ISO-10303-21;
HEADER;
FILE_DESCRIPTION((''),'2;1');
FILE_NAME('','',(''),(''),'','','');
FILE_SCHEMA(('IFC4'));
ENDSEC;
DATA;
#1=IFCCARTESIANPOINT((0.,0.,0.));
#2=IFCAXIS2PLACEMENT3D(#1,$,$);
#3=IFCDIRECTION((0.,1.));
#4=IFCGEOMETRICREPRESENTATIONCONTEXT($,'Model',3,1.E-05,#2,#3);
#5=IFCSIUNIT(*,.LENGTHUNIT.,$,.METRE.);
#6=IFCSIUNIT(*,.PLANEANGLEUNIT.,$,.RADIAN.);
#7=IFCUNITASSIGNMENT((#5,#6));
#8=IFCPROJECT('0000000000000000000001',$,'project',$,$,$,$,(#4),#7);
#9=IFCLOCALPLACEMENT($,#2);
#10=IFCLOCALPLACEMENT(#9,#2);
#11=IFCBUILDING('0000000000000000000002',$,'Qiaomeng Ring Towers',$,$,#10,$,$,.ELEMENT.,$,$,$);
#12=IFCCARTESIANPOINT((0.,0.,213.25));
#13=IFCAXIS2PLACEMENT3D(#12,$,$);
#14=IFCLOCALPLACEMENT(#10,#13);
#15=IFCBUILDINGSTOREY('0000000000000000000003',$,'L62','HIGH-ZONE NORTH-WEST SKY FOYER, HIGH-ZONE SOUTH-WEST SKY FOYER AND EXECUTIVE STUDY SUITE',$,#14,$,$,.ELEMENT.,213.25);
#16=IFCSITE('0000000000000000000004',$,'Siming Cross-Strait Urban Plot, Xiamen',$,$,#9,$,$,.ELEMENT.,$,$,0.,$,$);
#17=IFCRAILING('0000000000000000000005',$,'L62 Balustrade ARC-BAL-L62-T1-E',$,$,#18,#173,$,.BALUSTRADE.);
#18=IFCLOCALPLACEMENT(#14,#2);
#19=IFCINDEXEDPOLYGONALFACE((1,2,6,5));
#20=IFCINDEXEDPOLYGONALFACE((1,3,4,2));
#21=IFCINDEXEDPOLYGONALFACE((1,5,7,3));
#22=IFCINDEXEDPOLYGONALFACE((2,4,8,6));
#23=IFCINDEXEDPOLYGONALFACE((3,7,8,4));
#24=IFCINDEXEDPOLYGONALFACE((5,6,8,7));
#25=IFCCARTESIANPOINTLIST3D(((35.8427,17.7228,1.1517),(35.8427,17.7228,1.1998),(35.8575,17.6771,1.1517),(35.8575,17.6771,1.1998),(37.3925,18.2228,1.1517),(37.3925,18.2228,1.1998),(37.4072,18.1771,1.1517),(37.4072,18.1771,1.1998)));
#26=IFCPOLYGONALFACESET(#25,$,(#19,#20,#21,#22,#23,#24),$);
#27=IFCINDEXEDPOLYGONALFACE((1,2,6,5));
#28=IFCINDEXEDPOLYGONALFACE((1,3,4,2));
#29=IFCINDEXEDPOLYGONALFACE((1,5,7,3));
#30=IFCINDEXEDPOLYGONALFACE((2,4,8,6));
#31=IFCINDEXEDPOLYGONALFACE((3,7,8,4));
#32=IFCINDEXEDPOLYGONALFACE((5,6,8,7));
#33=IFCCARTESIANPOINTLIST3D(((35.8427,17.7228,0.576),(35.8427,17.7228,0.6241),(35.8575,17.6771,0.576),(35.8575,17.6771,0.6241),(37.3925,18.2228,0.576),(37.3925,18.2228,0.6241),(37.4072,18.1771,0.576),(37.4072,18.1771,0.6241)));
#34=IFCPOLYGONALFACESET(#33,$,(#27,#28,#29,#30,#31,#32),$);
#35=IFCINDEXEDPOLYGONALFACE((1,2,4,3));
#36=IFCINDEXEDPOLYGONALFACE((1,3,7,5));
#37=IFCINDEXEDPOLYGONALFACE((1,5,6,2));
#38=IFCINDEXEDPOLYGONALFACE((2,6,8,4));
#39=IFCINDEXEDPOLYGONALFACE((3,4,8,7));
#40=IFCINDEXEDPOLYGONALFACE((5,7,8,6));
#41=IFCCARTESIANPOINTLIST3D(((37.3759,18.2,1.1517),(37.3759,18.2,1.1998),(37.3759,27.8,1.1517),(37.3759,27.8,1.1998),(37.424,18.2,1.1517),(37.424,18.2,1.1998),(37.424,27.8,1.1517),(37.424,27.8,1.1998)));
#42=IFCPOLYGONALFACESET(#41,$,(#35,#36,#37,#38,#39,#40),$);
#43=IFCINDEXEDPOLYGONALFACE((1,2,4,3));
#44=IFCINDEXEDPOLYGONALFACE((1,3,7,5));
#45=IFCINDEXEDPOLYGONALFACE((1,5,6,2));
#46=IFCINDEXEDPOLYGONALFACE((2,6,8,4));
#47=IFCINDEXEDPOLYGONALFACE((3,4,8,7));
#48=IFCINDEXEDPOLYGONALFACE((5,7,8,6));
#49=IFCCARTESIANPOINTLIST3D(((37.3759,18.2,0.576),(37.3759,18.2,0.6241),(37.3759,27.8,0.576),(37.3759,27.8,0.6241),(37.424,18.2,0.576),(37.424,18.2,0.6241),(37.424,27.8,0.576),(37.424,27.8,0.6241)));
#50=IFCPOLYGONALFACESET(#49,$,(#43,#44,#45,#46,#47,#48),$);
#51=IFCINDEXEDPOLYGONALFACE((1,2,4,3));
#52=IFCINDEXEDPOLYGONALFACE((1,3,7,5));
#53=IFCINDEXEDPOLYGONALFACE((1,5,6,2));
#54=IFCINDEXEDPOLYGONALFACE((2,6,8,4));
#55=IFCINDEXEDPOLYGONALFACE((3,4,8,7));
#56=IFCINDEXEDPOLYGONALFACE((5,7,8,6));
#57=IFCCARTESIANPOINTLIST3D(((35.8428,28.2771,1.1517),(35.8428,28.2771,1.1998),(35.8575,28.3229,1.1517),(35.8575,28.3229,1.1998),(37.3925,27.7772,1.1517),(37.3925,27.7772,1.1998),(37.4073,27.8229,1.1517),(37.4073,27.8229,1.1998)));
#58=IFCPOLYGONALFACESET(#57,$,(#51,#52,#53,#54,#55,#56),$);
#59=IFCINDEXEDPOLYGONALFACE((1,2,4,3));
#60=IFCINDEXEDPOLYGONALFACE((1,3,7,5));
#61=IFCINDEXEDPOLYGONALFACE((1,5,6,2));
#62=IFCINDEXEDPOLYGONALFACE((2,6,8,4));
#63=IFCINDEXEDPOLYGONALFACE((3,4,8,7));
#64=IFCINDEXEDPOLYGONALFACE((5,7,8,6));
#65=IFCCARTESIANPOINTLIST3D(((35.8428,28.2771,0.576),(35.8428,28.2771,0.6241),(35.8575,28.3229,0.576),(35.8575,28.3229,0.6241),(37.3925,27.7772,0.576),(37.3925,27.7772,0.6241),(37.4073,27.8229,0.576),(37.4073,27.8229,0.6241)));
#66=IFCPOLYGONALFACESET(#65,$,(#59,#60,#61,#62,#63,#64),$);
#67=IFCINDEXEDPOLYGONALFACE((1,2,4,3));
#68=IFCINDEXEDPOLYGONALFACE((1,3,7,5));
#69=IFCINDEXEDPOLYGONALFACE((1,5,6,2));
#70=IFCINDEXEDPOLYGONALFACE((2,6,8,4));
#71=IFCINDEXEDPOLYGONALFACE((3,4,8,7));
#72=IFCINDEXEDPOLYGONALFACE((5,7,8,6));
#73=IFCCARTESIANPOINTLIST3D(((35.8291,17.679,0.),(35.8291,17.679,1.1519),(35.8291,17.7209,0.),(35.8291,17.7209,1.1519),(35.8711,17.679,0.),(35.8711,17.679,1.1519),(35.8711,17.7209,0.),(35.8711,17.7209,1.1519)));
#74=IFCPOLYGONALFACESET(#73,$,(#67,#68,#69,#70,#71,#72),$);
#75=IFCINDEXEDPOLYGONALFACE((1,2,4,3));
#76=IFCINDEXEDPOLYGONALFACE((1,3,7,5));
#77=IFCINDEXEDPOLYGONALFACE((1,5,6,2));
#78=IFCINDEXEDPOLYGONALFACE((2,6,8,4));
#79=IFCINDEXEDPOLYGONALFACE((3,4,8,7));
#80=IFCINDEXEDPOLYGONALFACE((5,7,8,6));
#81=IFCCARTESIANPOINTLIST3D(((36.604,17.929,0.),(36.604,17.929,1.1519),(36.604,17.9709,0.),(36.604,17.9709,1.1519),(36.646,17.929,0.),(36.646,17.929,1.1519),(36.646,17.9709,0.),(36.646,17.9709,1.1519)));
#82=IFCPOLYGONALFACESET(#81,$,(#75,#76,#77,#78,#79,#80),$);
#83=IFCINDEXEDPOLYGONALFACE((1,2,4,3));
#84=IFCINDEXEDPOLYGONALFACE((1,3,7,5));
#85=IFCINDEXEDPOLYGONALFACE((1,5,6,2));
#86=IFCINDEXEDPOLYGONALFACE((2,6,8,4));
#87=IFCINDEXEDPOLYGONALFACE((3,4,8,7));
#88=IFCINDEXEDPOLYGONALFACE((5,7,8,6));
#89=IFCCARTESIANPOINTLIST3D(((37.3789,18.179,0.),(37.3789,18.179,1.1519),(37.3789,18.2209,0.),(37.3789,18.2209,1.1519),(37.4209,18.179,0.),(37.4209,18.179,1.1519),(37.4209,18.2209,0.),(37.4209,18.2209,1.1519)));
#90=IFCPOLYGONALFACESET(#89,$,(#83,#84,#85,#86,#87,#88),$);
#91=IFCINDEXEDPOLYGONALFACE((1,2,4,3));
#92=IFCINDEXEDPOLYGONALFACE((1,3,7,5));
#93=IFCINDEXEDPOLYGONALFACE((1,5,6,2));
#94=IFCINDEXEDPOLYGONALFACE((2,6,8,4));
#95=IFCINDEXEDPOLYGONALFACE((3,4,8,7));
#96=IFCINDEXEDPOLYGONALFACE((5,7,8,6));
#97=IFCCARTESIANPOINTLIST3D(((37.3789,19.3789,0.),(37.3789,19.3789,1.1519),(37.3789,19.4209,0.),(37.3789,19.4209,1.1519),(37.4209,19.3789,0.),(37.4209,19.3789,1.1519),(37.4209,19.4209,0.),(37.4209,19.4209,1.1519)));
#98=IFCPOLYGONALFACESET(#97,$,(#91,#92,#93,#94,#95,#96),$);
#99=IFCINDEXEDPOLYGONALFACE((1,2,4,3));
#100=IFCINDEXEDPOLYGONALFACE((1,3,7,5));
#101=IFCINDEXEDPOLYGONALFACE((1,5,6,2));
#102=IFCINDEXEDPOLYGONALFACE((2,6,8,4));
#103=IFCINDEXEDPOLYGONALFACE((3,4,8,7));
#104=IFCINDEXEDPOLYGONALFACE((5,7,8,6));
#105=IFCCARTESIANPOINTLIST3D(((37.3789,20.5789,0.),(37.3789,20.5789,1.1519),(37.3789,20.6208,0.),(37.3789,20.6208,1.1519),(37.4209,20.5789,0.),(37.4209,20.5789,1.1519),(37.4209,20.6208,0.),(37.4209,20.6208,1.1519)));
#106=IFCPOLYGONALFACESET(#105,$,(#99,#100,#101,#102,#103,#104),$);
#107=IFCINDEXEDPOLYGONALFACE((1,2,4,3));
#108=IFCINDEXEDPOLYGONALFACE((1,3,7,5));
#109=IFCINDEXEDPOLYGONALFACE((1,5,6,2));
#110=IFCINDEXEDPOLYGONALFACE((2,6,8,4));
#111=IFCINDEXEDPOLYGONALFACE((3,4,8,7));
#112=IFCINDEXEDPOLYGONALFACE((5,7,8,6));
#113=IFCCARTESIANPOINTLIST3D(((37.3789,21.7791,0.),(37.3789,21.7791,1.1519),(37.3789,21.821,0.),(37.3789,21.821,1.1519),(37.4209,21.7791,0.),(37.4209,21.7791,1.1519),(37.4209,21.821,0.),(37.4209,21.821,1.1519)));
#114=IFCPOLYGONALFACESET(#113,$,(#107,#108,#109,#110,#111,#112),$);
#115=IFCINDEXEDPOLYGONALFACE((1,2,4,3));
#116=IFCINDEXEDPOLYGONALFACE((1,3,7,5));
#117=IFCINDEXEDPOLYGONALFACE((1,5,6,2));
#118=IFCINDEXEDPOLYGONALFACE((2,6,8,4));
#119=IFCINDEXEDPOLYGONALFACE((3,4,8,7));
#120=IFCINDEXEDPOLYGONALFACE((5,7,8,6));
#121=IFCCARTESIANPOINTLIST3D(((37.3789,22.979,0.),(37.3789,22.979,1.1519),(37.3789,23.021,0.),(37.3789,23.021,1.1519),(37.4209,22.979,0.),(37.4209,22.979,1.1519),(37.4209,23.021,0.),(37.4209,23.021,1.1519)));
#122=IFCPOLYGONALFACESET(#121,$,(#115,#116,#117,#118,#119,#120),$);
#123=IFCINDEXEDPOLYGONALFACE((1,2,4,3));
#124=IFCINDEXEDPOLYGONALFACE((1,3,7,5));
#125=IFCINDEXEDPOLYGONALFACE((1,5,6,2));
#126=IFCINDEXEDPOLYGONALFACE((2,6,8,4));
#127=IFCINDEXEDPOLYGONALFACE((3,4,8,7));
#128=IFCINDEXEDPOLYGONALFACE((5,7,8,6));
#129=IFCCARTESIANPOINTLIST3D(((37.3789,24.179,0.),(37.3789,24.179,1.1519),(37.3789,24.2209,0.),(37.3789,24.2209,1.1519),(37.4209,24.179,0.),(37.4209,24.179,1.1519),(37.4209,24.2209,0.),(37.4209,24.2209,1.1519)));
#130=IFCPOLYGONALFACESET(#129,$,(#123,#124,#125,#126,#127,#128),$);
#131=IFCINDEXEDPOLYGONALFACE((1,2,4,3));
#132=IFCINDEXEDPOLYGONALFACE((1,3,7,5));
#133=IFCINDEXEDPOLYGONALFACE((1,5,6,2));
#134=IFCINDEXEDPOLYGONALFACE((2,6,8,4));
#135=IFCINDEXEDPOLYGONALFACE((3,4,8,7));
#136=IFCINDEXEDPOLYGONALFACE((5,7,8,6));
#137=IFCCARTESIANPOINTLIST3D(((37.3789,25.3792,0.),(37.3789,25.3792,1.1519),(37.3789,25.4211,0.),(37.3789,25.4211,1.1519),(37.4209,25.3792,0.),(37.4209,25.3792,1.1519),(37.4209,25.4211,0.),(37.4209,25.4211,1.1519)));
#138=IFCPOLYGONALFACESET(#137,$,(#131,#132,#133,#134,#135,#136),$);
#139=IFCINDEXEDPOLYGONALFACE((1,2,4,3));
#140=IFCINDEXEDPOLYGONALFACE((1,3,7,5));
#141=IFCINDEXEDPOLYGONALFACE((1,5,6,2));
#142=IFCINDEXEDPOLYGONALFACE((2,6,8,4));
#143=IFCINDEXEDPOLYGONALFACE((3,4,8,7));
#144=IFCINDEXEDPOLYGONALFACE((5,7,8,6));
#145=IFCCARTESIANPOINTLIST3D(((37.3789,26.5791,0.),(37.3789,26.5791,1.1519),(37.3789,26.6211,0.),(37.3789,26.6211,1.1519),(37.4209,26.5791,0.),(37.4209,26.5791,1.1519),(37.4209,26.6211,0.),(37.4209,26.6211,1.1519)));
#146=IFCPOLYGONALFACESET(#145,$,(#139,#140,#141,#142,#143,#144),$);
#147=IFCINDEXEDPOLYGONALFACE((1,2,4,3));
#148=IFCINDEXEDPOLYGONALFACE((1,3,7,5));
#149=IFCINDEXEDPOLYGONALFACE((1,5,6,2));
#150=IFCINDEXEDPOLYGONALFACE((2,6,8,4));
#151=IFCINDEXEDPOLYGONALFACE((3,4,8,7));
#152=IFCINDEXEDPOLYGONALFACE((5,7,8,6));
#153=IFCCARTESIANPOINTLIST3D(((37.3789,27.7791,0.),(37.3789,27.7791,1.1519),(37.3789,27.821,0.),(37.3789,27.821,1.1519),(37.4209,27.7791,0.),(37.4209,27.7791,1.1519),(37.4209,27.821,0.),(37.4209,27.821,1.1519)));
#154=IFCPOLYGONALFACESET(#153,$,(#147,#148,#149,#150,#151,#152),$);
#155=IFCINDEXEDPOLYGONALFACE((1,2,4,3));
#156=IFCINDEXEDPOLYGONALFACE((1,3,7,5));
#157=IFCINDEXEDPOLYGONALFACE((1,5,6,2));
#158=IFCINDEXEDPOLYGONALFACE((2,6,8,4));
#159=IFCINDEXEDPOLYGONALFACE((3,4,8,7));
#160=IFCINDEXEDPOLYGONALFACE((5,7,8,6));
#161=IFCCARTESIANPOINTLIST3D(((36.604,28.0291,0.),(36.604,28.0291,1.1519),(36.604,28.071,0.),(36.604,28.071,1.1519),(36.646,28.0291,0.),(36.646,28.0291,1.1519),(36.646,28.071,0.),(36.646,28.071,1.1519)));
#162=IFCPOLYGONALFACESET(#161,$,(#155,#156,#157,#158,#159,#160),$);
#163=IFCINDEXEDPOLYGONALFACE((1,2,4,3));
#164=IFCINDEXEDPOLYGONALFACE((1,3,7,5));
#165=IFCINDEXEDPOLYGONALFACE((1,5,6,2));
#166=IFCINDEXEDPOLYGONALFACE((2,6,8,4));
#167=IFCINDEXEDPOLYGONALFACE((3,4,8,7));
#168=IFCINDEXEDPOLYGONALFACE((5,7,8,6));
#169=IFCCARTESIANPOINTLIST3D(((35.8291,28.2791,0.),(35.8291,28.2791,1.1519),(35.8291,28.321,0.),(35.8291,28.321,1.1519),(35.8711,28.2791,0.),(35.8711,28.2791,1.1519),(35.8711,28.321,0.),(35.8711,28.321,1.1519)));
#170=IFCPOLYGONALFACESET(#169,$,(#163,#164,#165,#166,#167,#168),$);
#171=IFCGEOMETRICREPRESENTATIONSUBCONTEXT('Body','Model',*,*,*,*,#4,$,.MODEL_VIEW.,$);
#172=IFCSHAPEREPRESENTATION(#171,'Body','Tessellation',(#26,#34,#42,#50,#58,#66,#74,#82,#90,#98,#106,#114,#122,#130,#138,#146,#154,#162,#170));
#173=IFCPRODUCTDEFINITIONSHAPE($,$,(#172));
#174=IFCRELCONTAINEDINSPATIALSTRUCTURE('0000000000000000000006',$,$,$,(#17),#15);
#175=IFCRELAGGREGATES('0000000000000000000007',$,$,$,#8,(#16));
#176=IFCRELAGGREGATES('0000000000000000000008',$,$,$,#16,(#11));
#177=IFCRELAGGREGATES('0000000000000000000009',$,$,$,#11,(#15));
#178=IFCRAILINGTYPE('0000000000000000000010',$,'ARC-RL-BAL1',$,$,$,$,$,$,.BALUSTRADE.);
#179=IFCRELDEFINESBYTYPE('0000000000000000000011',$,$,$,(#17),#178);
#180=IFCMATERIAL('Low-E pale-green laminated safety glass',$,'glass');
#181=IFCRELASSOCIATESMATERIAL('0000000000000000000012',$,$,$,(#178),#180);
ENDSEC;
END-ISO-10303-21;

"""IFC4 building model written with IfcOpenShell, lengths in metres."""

from ifc_helpers import new_model, si_unit, direction, frame, origin, origin_2d, place, context, subcontext, project, spatial, rectangle, extrude, material, type_object, element, save


model = new_model("IFC4")

# Units and contexts
model_context = context("Model", 3, precision=1e-05, world=origin(), true_north=direction((0.0, 1.0)))
body_context = subcontext(model_context, "Body", "Model", "MODEL_VIEW")
ifc_project = project(units=[si_unit("LENGTHUNIT", "METRE"), si_unit("PLANEANGLEUNIT", "RADIAN")], contexts=[model_context])

# Site, building, storey
site_placement = place(None, origin())
site = spatial("IfcSite", under=ifc_project, at=site_placement, Name="Siming Cross-Strait Urban Plot, Xiamen", CompositionType="ELEMENT", RefElevation=0.0)
building_placement = place(site_placement, origin())
building = spatial("IfcBuilding", under=site, at=building_placement, Name="Qiaomeng Ring Towers", CompositionType="ELEMENT")
storey_placement = place(building_placement, frame((0.0, 0.0, 213.25)))
storey = spatial("IfcBuildingStorey", under=building, at=storey_placement, Name="L62", Description="HIGH-ZONE NORTH-WEST SKY FOYER, HIGH-ZONE SOUTH-WEST SKY FOYER AND EXECUTIVE STUDY SUITE", CompositionType="ELEMENT", Elevation=213.25)

# Railing
ifc_material_1 = material(Name="Low-E pale-green laminated safety glass", Category="glass")
railing_type = type_object("IfcRailingType", Name="ARC-RL-BAL1", PredefinedType="BALUSTRADE", material=ifc_material_1)
railing_placement = place(storey_placement, frame((35.8501, 17.7, 0.0)))
element("IfcRailing", 1, at=railing_placement, inside=storey, type_object=railing_type, Name="L62 Balustrade ARC-BAL-L62-T1-E", PredefinedType="BALUSTRADE", context=body_context, shape_type="SweptSolid", body=[
    extrude(rectangle(XDim=0.0481, YDim=0.0481, at=origin_2d()), frame((0.0, 0.0, 1.1758), z_axis=(0.951697, 0.307038, 0.0), x_axis=(-0.307038, 0.951697, 0.0)), (0.0, 0.0, 1.0), 1.6284),
    extrude(rectangle(XDim=0.0481, YDim=0.0481, at=origin_2d()), frame((0.0, 0.0, 0.6001), z_axis=(0.951697, 0.307038, 0.0), x_axis=(-0.307038, 0.951697, 0.0)), (0.0, 0.0, 1.0), 1.6284),
    extrude(rectangle(XDim=0.0481, YDim=0.0481, at=origin_2d()), frame((1.5498, 0.5, 1.1758), z_axis=(0.0, 1.0, 0.0), x_axis=(-1.0, 0.0, 0.0)), (0.0, 0.0, 1.0), 9.6001),
    extrude(rectangle(XDim=0.0481, YDim=0.0481, at=origin_2d()), frame((1.5498, 0.5, 0.6001), z_axis=(0.0, 1.0, 0.0), x_axis=(-1.0, 0.0, 0.0)), (0.0, 0.0, 1.0), 9.6001),
    extrude(rectangle(XDim=0.0481, YDim=0.0481, at=origin_2d()), frame((1.5498, 10.1001, 1.1758), z_axis=(-0.951697, 0.307038, 0.0), x_axis=(-0.307038, -0.951697, 0.0)), (0.0, 0.0, 1.0), 1.6284),
    extrude(rectangle(XDim=0.0481, YDim=0.0481, at=origin_2d()), frame((1.5498, 10.1001, 0.6001), z_axis=(-0.951697, 0.307038, 0.0), x_axis=(-0.307038, -0.951697, 0.0)), (0.0, 0.0, 1.0), 1.6284),
    extrude(rectangle(XDim=0.042, YDim=0.042, at=origin_2d()), origin(), (0.0, 0.0, 1.0), 1.1519),
    extrude(rectangle(XDim=0.042, YDim=0.042, at=origin_2d()), frame((0.7749, 0.25, 0.0)), (0.0, 0.0, 1.0), 1.1519),
    extrude(rectangle(XDim=0.042, YDim=0.042, at=origin_2d()), frame((1.5498, 0.5, 0.0)), (0.0, 0.0, 1.0), 1.1519),
    extrude(rectangle(XDim=0.042, YDim=0.042, at=origin_2d()), frame((1.5498, 1.7, 0.0)), (0.0, 0.0, 1.0), 1.1519),
    extrude(rectangle(XDim=0.042, YDim=0.042, at=origin_2d()), frame((1.5498, 2.8999, 0.0)), (0.0, 0.0, 1.0), 1.1519),
    extrude(rectangle(XDim=0.042, YDim=0.042, at=origin_2d()), frame((1.5498, 4.1001, 0.0)), (0.0, 0.0, 1.0), 1.1519),
    extrude(rectangle(XDim=0.042, YDim=0.042, at=origin_2d()), frame((1.5498, 5.3, 0.0)), (0.0, 0.0, 1.0), 1.1519),
    extrude(rectangle(XDim=0.042, YDim=0.042, at=origin_2d()), frame((1.5498, 6.5, 0.0)), (0.0, 0.0, 1.0), 1.1519),
    extrude(rectangle(XDim=0.042, YDim=0.042, at=origin_2d()), frame((1.5498, 7.7002, 0.0)), (0.0, 0.0, 1.0), 1.1519),
    extrude(rectangle(XDim=0.042, YDim=0.042, at=origin_2d()), frame((1.5498, 8.9001, 0.0)), (0.0, 0.0, 1.0), 1.1519),
    extrude(rectangle(XDim=0.042, YDim=0.042, at=origin_2d()), frame((1.5498, 10.1001, 0.0)), (0.0, 0.0, 1.0), 1.1519),
    extrude(rectangle(XDim=0.042, YDim=0.042, at=origin_2d()), frame((0.7749, 10.3501, 0.0)), (0.0, 0.0, 1.0), 1.1519),
    extrude(rectangle(XDim=0.042, YDim=0.042, at=origin_2d()), frame((0.0, 10.6001, 0.0)), (0.0, 0.0, 1.0), 1.1519),
])

save(model, "model.ifc")
